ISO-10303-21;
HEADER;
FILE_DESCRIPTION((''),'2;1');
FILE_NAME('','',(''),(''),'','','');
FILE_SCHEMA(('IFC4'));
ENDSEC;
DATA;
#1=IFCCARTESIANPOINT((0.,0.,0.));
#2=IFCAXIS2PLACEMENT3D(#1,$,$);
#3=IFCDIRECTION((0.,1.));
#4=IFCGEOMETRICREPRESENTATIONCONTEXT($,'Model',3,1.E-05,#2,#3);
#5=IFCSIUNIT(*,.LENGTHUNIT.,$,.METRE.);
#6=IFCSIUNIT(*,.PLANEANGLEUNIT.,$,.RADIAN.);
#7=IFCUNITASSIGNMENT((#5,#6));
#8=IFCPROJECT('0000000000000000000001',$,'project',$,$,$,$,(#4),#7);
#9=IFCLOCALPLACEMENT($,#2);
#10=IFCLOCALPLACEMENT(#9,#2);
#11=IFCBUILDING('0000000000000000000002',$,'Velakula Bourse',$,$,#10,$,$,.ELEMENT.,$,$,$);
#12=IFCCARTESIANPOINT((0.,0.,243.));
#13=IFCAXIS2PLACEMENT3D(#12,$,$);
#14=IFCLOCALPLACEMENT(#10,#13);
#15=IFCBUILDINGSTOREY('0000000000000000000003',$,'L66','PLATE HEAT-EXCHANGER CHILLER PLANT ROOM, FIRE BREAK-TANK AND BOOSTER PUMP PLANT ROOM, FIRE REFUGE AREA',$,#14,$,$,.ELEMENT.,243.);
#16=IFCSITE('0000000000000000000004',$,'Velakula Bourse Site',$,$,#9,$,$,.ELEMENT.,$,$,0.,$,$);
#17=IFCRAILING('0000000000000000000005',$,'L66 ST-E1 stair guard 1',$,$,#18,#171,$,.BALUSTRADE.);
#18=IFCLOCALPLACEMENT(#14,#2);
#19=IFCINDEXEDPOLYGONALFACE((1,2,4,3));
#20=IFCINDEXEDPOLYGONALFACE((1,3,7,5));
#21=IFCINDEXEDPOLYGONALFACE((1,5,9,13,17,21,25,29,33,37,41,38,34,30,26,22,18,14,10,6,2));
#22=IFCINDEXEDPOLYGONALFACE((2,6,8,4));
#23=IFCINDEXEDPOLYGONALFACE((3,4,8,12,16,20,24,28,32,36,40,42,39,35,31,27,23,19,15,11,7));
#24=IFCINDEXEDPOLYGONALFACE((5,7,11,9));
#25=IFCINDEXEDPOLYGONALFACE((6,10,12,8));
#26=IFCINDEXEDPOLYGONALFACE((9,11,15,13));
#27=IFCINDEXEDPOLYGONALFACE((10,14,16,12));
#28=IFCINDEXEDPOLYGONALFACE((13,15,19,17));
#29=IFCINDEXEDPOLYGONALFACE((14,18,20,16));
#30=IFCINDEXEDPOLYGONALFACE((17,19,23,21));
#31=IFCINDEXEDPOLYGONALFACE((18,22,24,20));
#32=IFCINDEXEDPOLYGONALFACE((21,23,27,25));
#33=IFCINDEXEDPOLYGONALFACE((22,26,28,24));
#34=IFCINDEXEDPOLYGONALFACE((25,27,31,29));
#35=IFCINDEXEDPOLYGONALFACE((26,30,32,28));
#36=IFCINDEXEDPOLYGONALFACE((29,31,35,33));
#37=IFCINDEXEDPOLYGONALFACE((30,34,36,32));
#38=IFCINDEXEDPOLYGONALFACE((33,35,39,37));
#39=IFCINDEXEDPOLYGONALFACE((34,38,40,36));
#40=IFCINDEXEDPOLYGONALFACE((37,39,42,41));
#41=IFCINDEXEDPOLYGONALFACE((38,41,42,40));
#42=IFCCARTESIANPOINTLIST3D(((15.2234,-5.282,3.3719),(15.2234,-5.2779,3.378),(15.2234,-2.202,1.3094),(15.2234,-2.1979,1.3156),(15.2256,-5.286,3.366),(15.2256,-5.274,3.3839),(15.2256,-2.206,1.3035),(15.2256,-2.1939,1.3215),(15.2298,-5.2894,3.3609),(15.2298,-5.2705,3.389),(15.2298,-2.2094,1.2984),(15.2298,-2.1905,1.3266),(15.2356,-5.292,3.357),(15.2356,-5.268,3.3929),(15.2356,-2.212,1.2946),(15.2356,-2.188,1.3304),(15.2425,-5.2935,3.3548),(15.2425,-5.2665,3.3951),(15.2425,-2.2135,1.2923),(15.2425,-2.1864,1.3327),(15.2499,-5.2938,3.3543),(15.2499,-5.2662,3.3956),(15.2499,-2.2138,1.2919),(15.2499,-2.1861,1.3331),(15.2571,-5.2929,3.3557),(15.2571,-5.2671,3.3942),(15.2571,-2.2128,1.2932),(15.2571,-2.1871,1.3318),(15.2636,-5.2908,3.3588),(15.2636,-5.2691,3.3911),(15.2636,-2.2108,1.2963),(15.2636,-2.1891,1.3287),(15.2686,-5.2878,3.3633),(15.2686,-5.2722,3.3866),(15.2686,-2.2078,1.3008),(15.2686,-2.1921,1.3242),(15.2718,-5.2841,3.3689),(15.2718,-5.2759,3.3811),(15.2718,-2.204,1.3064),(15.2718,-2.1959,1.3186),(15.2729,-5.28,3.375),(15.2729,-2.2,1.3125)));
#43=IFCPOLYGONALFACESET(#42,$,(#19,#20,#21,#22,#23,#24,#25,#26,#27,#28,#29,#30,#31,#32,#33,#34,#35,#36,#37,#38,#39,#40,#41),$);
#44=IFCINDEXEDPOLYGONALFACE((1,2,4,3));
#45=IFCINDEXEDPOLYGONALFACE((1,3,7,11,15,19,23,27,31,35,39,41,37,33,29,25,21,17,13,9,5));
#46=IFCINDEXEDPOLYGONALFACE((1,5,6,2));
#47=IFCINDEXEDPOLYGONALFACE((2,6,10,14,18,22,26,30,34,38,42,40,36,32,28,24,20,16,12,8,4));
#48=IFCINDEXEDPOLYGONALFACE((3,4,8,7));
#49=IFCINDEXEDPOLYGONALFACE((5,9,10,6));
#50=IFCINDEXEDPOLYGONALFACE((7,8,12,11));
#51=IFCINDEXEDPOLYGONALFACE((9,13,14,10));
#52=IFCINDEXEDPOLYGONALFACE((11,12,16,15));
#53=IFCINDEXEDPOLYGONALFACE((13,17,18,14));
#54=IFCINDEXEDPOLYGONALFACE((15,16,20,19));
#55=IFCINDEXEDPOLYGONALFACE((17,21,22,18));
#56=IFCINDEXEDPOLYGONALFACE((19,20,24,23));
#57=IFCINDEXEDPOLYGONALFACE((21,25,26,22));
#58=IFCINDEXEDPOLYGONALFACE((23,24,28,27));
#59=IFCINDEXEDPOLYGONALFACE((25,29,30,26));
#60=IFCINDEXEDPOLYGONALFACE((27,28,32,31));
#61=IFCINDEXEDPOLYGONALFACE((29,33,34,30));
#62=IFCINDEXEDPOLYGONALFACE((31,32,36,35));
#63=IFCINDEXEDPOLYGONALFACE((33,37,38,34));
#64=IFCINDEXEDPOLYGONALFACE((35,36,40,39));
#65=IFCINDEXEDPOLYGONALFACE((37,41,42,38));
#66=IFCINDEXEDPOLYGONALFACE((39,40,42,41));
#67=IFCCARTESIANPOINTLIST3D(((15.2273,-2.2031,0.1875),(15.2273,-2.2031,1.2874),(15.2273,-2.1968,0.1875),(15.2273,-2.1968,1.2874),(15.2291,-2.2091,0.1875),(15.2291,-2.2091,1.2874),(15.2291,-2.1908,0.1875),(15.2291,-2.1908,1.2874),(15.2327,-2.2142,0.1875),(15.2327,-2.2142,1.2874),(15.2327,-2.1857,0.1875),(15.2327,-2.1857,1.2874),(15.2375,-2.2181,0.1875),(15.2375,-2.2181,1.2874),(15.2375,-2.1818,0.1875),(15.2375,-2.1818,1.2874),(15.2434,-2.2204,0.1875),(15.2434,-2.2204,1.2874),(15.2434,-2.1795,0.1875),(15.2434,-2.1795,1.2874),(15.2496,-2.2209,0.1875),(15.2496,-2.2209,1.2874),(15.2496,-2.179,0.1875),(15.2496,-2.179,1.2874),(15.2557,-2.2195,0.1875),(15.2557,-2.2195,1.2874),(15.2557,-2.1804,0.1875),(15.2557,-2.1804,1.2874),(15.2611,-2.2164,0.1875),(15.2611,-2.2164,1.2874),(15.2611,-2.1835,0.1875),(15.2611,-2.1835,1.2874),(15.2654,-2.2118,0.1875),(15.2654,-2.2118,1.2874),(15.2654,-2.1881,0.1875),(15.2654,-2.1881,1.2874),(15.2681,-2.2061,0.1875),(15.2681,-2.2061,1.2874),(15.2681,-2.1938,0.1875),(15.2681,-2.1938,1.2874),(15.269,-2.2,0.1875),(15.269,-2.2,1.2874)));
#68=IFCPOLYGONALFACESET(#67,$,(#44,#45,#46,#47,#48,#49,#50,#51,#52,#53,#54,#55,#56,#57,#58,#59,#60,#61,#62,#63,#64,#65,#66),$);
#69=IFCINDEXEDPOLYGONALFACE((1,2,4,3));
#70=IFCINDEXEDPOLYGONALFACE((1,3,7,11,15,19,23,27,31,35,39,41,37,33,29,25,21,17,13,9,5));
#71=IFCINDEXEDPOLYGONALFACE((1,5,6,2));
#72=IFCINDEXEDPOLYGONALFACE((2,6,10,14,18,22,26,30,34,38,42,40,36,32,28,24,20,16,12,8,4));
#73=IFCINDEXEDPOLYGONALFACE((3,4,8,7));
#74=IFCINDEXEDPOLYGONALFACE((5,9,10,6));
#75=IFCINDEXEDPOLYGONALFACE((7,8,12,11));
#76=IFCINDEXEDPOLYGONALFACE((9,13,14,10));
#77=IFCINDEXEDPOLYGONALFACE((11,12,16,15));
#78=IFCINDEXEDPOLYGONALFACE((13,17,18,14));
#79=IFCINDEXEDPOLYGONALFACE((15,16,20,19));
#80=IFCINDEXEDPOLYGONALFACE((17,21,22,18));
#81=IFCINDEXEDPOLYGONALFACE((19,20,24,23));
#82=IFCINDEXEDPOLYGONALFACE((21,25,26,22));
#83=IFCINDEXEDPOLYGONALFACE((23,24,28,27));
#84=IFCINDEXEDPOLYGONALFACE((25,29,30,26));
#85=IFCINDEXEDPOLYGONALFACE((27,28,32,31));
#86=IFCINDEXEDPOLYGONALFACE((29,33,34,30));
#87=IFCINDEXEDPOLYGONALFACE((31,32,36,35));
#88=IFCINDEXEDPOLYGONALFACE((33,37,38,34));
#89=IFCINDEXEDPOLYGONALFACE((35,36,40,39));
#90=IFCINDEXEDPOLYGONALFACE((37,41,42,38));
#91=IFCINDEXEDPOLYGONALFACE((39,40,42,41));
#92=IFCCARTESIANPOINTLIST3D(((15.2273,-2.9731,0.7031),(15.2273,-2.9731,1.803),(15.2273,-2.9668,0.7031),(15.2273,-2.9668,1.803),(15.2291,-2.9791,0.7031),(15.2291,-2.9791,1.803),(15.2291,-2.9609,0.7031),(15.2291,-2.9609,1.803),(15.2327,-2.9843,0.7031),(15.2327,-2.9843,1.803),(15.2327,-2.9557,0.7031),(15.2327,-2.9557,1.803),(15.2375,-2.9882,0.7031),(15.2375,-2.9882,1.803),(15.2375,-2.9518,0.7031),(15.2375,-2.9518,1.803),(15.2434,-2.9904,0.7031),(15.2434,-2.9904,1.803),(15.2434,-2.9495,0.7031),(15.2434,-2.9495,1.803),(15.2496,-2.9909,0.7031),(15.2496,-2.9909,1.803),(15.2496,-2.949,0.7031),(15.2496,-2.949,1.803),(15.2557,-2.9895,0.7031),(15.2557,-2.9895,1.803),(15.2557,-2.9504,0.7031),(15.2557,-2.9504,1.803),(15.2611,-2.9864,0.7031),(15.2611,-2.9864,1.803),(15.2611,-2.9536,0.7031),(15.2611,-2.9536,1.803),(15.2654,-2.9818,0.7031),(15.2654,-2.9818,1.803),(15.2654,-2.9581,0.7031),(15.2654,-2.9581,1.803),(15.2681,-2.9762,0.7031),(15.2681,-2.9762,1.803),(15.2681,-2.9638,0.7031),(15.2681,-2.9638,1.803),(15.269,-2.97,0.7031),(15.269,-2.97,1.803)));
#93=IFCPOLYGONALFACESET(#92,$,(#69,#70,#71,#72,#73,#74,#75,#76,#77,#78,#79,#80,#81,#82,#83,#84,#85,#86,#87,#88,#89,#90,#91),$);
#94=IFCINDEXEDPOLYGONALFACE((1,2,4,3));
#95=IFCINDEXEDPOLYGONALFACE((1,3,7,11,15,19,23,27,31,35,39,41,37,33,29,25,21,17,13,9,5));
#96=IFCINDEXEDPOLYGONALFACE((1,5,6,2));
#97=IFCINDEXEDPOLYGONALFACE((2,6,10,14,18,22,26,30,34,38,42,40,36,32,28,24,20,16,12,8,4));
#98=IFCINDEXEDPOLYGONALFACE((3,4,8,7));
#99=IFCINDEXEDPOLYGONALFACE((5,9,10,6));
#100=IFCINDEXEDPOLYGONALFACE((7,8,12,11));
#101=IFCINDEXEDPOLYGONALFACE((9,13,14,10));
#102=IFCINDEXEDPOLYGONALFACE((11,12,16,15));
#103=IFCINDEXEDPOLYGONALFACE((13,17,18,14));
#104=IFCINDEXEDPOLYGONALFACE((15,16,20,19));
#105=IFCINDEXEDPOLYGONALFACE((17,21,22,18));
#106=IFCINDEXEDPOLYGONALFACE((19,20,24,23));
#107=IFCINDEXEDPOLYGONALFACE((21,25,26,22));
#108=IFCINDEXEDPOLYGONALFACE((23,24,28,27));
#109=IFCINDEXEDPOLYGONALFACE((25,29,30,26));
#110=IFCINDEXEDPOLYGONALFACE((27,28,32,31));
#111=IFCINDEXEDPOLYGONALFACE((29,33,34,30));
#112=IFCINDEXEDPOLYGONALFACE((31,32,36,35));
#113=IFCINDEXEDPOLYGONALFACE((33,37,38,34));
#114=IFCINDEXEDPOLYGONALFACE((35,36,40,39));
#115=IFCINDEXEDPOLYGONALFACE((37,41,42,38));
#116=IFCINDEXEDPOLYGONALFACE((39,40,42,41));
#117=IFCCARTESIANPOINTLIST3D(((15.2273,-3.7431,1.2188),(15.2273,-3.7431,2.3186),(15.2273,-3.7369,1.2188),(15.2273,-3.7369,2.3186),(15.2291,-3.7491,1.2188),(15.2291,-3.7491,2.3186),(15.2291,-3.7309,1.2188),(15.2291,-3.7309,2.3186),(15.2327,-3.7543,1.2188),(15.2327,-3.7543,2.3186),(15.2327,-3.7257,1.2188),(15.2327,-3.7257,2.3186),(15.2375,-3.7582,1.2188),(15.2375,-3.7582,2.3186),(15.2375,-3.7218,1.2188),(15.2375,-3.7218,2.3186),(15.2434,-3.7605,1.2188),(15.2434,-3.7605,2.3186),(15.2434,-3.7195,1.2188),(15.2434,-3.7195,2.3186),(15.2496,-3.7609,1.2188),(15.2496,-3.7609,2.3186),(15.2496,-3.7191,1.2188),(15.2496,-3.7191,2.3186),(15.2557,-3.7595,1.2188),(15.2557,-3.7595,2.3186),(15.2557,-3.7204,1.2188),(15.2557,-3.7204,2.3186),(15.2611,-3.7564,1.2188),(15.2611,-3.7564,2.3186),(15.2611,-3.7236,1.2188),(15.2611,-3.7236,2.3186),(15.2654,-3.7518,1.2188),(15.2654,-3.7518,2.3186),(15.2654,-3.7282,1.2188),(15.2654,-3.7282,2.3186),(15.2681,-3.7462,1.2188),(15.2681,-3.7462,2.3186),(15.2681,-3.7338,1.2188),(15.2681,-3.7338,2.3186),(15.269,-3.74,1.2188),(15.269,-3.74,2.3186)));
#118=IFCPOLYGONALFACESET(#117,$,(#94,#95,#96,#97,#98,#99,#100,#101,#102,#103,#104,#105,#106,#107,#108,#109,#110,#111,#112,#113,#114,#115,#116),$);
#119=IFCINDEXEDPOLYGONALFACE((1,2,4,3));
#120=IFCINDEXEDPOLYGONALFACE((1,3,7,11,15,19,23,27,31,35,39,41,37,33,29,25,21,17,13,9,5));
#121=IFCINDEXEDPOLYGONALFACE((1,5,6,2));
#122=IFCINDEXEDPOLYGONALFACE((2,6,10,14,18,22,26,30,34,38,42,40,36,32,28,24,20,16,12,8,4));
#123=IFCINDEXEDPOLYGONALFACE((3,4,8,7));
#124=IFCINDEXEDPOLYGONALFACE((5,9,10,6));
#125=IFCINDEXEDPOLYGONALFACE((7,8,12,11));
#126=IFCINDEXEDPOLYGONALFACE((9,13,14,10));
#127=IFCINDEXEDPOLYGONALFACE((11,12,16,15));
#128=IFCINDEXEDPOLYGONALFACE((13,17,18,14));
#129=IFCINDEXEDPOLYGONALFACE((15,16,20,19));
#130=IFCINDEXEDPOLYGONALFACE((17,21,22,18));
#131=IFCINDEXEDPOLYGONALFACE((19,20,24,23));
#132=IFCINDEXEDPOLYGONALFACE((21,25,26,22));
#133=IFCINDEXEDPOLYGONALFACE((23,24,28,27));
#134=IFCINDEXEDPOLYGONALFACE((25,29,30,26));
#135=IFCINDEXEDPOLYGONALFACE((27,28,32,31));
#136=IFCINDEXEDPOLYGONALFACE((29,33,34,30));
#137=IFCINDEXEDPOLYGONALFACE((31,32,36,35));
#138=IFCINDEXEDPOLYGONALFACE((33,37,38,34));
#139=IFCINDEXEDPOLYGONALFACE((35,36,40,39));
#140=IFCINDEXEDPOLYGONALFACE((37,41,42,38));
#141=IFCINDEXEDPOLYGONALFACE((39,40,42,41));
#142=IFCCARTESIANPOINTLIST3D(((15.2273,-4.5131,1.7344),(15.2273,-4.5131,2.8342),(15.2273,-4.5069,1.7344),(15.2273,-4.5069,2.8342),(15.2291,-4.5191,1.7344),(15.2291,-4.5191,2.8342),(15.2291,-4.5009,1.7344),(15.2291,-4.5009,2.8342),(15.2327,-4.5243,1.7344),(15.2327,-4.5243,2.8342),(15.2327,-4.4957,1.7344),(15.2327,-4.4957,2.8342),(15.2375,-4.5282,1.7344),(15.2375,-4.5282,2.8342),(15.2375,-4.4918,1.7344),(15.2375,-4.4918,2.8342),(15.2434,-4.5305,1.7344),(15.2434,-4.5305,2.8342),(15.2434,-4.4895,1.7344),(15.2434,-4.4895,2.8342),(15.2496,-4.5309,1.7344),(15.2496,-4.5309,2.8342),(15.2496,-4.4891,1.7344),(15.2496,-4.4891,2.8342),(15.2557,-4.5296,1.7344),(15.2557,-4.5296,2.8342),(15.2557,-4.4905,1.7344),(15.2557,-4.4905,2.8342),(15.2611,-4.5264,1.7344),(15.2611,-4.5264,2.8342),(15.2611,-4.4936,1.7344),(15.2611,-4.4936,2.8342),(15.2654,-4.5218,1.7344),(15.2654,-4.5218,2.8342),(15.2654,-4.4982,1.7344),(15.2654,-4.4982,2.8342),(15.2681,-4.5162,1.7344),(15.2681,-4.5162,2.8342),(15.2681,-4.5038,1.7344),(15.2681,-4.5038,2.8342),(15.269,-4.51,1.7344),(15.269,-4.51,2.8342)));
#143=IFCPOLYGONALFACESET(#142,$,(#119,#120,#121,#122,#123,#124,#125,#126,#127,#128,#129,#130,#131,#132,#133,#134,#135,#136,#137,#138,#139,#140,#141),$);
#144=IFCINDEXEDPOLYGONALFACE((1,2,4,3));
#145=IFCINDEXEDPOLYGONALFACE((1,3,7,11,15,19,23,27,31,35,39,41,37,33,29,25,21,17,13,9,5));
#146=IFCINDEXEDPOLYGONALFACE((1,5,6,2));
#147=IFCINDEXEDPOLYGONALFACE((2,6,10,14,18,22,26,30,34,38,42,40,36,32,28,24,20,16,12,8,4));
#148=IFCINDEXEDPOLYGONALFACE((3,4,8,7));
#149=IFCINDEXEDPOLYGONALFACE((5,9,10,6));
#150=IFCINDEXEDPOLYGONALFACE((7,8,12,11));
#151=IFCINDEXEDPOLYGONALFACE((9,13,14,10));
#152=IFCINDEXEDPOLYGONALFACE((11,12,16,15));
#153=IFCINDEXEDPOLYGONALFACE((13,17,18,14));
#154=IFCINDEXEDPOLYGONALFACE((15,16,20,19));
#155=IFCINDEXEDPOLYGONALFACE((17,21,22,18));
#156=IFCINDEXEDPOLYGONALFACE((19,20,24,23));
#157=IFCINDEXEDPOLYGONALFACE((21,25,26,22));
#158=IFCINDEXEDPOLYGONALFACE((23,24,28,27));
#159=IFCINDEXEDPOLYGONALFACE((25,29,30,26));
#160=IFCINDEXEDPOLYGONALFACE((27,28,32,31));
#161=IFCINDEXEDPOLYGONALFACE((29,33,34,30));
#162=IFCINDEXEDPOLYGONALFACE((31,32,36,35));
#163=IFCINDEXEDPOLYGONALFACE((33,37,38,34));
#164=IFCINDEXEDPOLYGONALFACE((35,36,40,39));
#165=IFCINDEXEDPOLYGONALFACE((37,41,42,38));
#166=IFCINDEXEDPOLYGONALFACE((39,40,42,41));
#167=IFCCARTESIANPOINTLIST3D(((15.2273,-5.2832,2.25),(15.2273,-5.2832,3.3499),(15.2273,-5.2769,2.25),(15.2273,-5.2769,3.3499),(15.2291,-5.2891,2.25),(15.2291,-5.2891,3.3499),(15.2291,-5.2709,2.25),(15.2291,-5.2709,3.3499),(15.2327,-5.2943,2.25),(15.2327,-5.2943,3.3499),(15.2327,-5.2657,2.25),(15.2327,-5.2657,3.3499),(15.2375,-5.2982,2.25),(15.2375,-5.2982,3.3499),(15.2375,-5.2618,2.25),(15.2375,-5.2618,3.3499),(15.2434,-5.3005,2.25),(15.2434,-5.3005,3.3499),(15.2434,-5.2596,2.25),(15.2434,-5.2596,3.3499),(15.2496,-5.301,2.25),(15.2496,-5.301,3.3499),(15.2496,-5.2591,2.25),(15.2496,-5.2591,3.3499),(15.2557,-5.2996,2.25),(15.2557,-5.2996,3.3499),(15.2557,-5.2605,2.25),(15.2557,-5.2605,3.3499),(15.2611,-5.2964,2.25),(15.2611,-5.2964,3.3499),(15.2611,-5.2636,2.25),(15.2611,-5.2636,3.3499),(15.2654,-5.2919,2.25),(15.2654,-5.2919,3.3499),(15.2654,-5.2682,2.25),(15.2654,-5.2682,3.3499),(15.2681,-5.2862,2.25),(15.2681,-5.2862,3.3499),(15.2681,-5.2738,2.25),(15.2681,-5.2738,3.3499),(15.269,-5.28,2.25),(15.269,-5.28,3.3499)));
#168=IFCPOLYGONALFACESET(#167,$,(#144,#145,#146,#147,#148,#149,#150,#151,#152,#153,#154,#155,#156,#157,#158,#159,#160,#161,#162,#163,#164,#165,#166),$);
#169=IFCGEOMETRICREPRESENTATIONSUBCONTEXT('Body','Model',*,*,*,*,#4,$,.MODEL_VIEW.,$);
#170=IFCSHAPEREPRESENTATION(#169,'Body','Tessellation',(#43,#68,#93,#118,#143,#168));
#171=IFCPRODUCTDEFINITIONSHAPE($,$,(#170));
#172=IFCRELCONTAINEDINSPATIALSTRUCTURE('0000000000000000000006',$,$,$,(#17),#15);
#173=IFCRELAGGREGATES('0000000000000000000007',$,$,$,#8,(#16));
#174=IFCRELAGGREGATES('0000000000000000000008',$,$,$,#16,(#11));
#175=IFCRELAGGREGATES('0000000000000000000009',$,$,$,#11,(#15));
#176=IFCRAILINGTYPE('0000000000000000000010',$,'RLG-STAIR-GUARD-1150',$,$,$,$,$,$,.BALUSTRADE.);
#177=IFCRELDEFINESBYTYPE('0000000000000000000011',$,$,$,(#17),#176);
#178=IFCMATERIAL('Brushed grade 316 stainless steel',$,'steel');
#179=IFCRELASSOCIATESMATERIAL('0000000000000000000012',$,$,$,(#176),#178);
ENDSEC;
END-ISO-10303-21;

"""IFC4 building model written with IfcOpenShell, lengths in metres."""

from ifc_helpers import new_model, si_unit, direction, frame, origin, origin_2d, place, context, subcontext, project, spatial, circle, extrude, material, type_object, element, save


model = new_model("IFC4")

# Units and contexts
model_context = context("Model", 3, precision=1e-05, world=origin(), true_north=direction((0.0, 1.0)))
body_context = subcontext(model_context, "Body", "Model", "MODEL_VIEW")
ifc_project = project(units=[si_unit("LENGTHUNIT", "METRE"), si_unit("PLANEANGLEUNIT", "RADIAN")], contexts=[model_context])

# Site, building, storey
site_placement = place(None, origin())
site = spatial("IfcSite", under=ifc_project, at=site_placement, Name="Velakula Bourse Site", CompositionType="ELEMENT", RefElevation=0.0)
building_placement = place(site_placement, origin())
building = spatial("IfcBuilding", under=site, at=building_placement, Name="Velakula Bourse", CompositionType="ELEMENT")
storey_placement = place(building_placement, frame((0.0, 0.0, 243.0)))
storey = spatial("IfcBuildingStorey", under=building, at=storey_placement, Name="L66", Description="PLATE HEAT-EXCHANGER CHILLER PLANT ROOM, FIRE BREAK-TANK AND BOOSTER PUMP PLANT ROOM, FIRE REFUGE AREA", CompositionType="ELEMENT", Elevation=243.0)

# Railing
ifc_material_1 = material(Name="Brushed grade 316 stainless steel", Category="steel")
railing_type_1 = type_object("IfcRailingType", Name="RLG-STAIR-GUARD-1150", PredefinedType="BALUSTRADE", material=ifc_material_1)
railing_1_placement = place(storey_placement, frame((15.248, -2.2, 0.1875)))
element("IfcRailing", 1, at=railing_1_placement, inside=storey, type_object=railing_type_1, Name="L66 ST-E1 stair guard 1", PredefinedType="BALUSTRADE", context=body_context, shape_type="SweptSolid", body=[
    extrude(circle(Radius=0.0249, at=origin_2d()), frame((0.0, 0.0, 1.125), z_axis=(0.0, -0.830914, 0.556401), x_axis=(1.0, 0.0, 0.0)), (0.0, 0.0, 1.0), 3.7068),
    extrude(circle(Radius=0.021, at=origin_2d()), origin(), (0.0, 0.0, 1.0), 1.0999),
    extrude(circle(Radius=0.021, at=origin_2d()), frame((0.0, -0.77, 0.5156)), (0.0, 0.0, 1.0), 1.0999),
    extrude(circle(Radius=0.021, at=origin_2d()), frame((0.0, -1.54, 1.0312)), (0.0, 0.0, 1.0), 1.0999),
    extrude(circle(Radius=0.021, at=origin_2d()), frame((0.0, -2.3101, 1.5469)), (0.0, 0.0, 1.0), 1.0999),
    extrude(circle(Radius=0.021, at=origin_2d()), frame((0.0, -3.0801, 2.0625)), (0.0, 0.0, 1.0), 1.0999),
])

save(model, "model.ifc")
